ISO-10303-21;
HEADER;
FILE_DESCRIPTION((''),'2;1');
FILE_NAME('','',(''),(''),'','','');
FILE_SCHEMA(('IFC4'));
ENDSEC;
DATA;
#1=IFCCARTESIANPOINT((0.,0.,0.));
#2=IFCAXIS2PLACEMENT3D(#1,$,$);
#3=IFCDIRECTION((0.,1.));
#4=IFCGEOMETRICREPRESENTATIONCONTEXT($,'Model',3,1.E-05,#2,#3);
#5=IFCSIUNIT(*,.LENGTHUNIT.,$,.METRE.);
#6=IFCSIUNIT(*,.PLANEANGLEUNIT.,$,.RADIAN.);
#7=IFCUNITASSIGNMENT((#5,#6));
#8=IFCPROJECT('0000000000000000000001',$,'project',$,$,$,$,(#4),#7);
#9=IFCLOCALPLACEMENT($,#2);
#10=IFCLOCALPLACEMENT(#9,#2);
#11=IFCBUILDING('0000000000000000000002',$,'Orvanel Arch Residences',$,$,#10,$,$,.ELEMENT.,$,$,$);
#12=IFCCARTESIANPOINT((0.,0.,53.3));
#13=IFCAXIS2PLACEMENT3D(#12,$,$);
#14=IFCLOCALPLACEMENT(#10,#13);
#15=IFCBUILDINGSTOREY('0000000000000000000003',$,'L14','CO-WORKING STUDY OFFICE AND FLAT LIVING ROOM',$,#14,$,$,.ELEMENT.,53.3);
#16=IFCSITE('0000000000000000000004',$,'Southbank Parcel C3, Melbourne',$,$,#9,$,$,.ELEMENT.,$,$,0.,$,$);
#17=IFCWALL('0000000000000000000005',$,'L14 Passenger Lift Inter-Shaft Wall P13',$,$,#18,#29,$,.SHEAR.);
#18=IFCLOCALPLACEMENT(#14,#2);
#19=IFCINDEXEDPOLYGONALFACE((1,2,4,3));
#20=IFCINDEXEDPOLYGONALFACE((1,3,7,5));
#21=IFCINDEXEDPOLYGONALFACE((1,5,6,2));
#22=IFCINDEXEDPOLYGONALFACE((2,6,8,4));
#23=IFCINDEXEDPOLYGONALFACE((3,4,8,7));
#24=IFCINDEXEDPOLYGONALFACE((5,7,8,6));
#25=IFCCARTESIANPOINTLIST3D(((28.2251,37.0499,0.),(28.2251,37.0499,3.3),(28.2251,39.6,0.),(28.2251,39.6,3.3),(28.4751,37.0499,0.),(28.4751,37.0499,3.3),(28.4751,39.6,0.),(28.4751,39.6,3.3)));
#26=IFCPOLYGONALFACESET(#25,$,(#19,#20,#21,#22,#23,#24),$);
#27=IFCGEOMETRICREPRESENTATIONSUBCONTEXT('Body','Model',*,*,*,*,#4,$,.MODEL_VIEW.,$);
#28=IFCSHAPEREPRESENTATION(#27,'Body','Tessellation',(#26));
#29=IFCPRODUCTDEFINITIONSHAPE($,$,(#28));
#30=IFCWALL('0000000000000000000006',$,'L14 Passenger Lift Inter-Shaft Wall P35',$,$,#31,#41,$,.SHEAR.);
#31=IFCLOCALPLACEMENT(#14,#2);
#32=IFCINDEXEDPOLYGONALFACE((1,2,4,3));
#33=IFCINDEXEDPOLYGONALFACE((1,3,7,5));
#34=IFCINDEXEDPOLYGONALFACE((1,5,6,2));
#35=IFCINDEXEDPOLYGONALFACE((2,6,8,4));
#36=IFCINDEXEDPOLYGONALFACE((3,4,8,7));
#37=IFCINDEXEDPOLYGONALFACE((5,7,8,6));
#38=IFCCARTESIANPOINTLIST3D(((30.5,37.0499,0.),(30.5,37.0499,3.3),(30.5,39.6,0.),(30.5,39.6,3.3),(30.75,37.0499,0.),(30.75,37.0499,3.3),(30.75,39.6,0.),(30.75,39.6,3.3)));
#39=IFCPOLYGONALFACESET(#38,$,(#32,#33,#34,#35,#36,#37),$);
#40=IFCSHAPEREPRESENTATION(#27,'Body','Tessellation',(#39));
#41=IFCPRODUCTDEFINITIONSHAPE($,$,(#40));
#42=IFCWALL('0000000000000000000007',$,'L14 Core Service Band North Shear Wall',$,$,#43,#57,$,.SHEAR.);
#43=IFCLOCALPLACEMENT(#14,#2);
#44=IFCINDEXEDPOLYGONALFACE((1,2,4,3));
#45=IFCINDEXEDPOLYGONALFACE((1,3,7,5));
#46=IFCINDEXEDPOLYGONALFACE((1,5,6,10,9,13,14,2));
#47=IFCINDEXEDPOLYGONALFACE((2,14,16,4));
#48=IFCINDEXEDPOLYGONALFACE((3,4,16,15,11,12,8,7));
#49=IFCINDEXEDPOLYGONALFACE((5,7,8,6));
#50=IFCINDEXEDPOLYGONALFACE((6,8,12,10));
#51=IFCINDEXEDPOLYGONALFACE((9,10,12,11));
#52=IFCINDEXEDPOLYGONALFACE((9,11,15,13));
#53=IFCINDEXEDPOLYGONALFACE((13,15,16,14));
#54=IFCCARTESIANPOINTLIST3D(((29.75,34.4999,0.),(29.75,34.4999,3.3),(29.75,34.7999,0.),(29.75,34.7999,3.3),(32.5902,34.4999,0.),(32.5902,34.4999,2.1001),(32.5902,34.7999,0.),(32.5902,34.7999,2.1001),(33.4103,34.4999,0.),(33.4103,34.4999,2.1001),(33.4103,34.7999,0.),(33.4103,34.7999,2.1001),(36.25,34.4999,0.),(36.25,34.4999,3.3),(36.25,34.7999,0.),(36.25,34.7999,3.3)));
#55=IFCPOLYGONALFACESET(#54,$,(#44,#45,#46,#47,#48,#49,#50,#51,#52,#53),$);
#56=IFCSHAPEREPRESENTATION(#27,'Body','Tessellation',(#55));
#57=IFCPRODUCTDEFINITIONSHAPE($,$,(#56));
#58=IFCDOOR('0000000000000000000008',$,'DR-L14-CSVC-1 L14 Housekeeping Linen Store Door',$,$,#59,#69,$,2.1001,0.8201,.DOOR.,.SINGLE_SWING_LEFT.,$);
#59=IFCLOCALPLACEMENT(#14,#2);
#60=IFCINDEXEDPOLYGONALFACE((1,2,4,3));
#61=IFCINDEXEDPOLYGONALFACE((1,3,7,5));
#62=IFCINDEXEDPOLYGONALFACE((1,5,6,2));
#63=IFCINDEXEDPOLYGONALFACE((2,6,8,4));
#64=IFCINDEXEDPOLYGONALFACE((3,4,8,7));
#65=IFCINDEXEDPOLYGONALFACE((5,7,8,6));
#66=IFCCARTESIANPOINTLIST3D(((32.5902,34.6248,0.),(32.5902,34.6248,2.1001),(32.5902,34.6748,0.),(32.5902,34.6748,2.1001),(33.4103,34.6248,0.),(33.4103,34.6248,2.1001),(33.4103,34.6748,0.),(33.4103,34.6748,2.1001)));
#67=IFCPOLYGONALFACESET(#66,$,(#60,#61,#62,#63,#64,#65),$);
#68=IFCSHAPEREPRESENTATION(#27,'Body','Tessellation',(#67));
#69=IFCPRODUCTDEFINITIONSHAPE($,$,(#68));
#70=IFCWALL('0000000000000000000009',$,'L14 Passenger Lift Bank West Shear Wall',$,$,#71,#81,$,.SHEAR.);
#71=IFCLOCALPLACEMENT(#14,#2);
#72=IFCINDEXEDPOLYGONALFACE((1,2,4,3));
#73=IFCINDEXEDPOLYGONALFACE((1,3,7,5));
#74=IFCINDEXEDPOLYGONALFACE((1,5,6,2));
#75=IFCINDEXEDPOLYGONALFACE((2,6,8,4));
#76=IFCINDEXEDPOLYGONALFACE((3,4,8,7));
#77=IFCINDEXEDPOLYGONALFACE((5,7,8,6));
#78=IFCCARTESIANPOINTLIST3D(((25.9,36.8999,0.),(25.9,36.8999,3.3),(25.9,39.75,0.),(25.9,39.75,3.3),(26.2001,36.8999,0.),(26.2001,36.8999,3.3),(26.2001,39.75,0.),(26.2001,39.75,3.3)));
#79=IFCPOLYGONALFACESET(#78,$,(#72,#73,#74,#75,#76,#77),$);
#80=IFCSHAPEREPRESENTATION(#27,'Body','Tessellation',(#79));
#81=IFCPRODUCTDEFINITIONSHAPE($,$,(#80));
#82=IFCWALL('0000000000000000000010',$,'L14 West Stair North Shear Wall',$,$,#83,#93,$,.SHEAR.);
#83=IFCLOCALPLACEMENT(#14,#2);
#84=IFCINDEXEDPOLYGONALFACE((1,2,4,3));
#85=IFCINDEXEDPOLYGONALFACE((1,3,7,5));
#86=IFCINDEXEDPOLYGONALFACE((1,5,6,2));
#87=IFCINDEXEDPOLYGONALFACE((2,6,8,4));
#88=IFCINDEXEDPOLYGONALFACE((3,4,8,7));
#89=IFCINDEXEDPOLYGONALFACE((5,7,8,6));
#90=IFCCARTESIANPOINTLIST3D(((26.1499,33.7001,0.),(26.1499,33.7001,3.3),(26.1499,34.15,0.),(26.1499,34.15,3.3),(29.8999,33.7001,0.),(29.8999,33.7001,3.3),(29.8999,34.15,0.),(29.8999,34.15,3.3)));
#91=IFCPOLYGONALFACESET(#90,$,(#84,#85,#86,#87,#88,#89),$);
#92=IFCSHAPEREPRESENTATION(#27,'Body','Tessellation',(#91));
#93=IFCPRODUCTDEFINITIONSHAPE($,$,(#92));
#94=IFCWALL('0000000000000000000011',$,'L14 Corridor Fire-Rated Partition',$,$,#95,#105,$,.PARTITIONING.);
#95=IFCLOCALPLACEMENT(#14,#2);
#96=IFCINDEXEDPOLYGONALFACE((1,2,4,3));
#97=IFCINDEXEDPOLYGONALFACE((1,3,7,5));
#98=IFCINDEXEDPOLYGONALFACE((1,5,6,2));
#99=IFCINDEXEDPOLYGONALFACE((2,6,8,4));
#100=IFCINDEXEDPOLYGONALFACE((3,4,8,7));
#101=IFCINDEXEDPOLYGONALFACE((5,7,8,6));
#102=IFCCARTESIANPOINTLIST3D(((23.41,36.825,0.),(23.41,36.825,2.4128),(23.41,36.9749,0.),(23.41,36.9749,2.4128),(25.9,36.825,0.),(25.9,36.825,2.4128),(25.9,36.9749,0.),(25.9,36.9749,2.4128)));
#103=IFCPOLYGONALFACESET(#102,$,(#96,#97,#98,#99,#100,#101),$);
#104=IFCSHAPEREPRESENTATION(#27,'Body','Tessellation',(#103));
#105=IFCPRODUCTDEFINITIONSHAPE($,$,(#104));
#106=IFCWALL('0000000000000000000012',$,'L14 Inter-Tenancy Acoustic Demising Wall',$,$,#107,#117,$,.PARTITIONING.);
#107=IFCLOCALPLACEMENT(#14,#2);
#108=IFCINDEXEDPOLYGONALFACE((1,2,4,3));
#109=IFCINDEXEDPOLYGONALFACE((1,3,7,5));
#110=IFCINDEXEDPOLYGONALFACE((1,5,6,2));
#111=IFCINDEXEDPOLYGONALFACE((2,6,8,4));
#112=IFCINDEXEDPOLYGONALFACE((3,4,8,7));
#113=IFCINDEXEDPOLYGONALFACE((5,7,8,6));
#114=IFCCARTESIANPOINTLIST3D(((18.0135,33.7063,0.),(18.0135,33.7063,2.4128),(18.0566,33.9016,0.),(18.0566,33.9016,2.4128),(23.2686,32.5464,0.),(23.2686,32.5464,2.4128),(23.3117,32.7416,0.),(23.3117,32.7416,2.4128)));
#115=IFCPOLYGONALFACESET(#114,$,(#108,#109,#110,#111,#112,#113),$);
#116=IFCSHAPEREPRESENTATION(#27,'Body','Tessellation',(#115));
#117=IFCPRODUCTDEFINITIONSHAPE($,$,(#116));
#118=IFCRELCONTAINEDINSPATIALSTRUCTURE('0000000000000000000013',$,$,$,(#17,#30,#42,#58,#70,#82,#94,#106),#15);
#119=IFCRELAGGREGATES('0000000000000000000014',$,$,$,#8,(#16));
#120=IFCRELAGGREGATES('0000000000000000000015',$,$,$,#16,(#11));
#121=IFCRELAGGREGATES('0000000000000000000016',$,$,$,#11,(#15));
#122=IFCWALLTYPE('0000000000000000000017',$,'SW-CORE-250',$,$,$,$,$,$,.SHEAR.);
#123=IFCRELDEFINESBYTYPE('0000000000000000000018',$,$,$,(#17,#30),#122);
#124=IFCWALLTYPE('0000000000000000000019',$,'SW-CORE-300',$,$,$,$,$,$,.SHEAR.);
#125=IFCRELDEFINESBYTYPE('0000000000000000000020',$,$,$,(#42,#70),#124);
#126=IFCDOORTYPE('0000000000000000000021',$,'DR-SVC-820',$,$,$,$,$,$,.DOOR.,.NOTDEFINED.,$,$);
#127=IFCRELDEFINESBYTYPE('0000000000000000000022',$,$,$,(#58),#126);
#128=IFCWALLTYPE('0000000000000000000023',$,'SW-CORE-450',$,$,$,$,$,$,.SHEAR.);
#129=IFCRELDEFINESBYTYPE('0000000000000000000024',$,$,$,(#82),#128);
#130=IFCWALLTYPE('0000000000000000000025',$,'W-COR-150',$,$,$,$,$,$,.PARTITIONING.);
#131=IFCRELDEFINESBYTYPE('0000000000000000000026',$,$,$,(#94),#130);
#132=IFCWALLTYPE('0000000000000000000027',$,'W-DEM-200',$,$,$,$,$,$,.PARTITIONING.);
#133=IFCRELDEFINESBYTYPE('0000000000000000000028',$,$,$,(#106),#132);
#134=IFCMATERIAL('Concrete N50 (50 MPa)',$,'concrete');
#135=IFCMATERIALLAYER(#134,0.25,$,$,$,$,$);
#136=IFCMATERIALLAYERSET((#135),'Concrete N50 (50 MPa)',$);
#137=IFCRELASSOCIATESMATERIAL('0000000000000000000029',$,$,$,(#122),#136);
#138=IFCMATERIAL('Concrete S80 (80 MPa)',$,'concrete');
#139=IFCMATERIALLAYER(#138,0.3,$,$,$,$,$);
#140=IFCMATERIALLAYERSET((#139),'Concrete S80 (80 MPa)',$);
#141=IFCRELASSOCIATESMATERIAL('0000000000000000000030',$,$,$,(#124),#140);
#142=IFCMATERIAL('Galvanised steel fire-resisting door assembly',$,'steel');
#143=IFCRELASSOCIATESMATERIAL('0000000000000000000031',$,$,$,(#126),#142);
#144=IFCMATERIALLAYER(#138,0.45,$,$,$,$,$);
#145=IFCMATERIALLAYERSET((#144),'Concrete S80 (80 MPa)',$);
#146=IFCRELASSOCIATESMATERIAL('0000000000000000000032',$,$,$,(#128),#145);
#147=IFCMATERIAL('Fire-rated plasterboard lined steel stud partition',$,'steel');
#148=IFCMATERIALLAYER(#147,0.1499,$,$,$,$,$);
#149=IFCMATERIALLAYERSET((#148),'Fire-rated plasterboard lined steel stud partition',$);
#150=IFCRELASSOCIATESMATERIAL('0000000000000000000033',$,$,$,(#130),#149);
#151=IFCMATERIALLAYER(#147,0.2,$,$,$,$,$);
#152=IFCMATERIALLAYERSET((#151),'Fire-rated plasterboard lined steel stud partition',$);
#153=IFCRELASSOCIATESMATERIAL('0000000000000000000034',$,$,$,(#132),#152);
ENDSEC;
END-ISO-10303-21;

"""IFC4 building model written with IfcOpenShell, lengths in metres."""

from ifc_helpers import new_model, si_unit, direction, frame, frame_2d, origin, place, context, subcontext, project, spatial, rectangle, extrude, material, layer, layer_set, type_object, element, fill, save


model = new_model("IFC4")

# Units and contexts
model_context = context("Model", 3, precision=1e-05, world=origin(), true_north=direction((0.0, 1.0)))
body_context = subcontext(model_context, "Body", "Model", "MODEL_VIEW")
ifc_project = project(units=[si_unit("LENGTHUNIT", "METRE"), si_unit("PLANEANGLEUNIT", "RADIAN")], contexts=[model_context])

# Site, building, storey
site_placement = place(None, origin())
site = spatial("IfcSite", under=ifc_project, at=site_placement, Name="Southbank Parcel C3, Melbourne", CompositionType="ELEMENT", RefElevation=0.0)
building_placement = place(site_placement, origin())
building = spatial("IfcBuilding", under=site, at=building_placement, Name="Orvanel Arch Residences", CompositionType="ELEMENT")
storey_placement = place(building_placement, frame((0.0, 0.0, 53.3)))
storey = spatial("IfcBuildingStorey", under=building, at=storey_placement, Name="L14", Description="CO-WORKING STUDY OFFICE AND FLAT LIVING ROOM", CompositionType="ELEMENT", Elevation=53.3)

# Walls
ifc_material_1 = material(Name="Concrete N50 (50 MPa)", Category="concrete")
ifc_layer_1 = layer(ifc_material_1, 0.25)
ifc_layer_set_1 = layer_set([ifc_layer_1], Name="Concrete N50 (50 MPa)")
wall_type_1 = type_object("IfcWallType", Name="SW-CORE-250", PredefinedType="SHEAR", material=ifc_layer_set_1)
for number, where, z_axis, x_axis, name in (
    (1, (28.3501, 37.05, 0.0), (0.0, 0.0, 1.0), (0.0, 1.0, 0.0), "L14 Passenger Lift Inter-Shaft Wall P13"),
    (2, (30.625, 37.05, 0.0), (0.0, 0.0, 1.0), (0.0, 1.0, 0.0), "L14 Passenger Lift Inter-Shaft Wall P35"),
):
    element("IfcWall", number, at=place(storey_placement, frame(where, z_axis=z_axis, x_axis=x_axis)), inside=storey, type_object=wall_type_1, Name=name, PredefinedType="SHEAR", context=body_context, shape_type="SweptSolid", body=[
        extrude(rectangle(XDim=2.55, YDim=0.25, at=frame_2d((1.2749, 0.0))), origin(), (0.0, 0.0, 1.0), 3.3),
    ])

# Wall, opening, door
ifc_material_2 = material(Name="Concrete S80 (80 MPa)", Category="concrete")
ifc_layer_2 = layer(ifc_material_2, 0.3)
ifc_layer_set_2 = layer_set([ifc_layer_2], Name="Concrete S80 (80 MPa)")
wall_type_2 = type_object("IfcWallType", Name="SW-CORE-300", PredefinedType="SHEAR", material=ifc_layer_set_2)
wall_1_placement = place(storey_placement, frame((29.75, 34.6499, 0.0), z_axis=(0.0, 0.0, 1.0), x_axis=(1.0, 0.0, 0.0)))
wall_1 = element("IfcWall", 3, at=wall_1_placement, inside=storey, type_object=wall_type_2, Name="L14 Core Service Band North Shear Wall", PredefinedType="SHEAR", context=body_context, shape_type="SweptSolid", body=[
    extrude(rectangle(XDim=6.5, YDim=0.3, at=frame_2d((3.25, 0.0))), origin(), (0.0, 0.0, 1.0), 3.3),
])
opening_1_placement = place(wall_1_placement, frame((2.8401, 0.0, 0.0)))
opening_1 = element("IfcOpeningElement", 4, at=opening_1_placement, cuts=wall_1, PredefinedType="OPENING", context=body_context, shape_type="SweptSolid", body=[
    extrude(rectangle(XDim=0.8201, YDim=2.1001, at=frame_2d((0.4102, 1.05))), frame((0.0, 0.1599, 0.0), z_axis=(0.0, -1.0, 0.0), x_axis=(1.0, 0.0, 0.0)), (0.0, 0.0, 1.0), 0.3201),
])
ifc_material_3 = material(Name="Galvanised steel fire-resisting door assembly", Category="steel")
door_type_1 = type_object("IfcDoorType", Name="DR-SVC-820", OperationType="NOTDEFINED", PredefinedType="DOOR", material=ifc_material_3)
door_1_placement = place(opening_1_placement, origin())
door_1 = element("IfcDoor", 5, at=door_1_placement, inside=storey, type_object=door_type_1, Name="DR-L14-CSVC-1 L14 Housekeeping Linen Store Door", OperationType="SINGLE_SWING_LEFT", OverallHeight=2.1001, OverallWidth=0.8201, PredefinedType="DOOR", context=body_context, shape_type="SweptSolid", body=[
    extrude(rectangle(XDim=0.8201, YDim=2.1001, at=frame_2d((0.4102, 1.05))), frame((0.0, 0.0249, 0.0), z_axis=(0.0, -1.0, 0.0), x_axis=(1.0, 0.0, 0.0)), (0.0, 0.0, 1.0), 0.05),
])
fill(opening_1, door_1)

# Walls
wall_2_placement = place(storey_placement, frame((26.05, 36.8999, 0.0), z_axis=(0.0, 0.0, 1.0), x_axis=(0.0, 1.0, 0.0)))
element("IfcWall", 6, at=wall_2_placement, inside=storey, type_object=wall_type_2, Name="L14 Passenger Lift Bank West Shear Wall", PredefinedType="SHEAR", context=body_context, shape_type="SweptSolid", body=[
    extrude(rectangle(XDim=2.8501, YDim=0.3, at=frame_2d((1.425, 0.0))), origin(), (0.0, 0.0, 1.0), 3.3),
])
ifc_layer_3 = layer(ifc_material_2, 0.45)
ifc_layer_set_3 = layer_set([ifc_layer_3], Name="Concrete S80 (80 MPa)")
wall_type_3 = type_object("IfcWallType", Name="SW-CORE-450", PredefinedType="SHEAR", material=ifc_layer_set_3)
wall_3_placement = place(storey_placement, frame((26.1499, 33.925, 0.0), z_axis=(0.0, 0.0, 1.0), x_axis=(1.0, 0.0, 0.0)))
element("IfcWall", 7, at=wall_3_placement, inside=storey, type_object=wall_type_3, Name="L14 West Stair North Shear Wall", PredefinedType="SHEAR", context=body_context, shape_type="SweptSolid", body=[
    extrude(rectangle(XDim=3.75, YDim=0.45, at=frame_2d((1.875, 0.0))), origin(), (0.0, 0.0, 1.0), 3.3),
])
ifc_material_4 = material(Name="Fire-rated plasterboard lined steel stud partition", Category="steel")
ifc_layer_4 = layer(ifc_material_4, 0.1499)
ifc_layer_set_4 = layer_set([ifc_layer_4], Name="Fire-rated plasterboard lined steel stud partition")
wall_type_4 = type_object("IfcWallType", Name="W-COR-150", PredefinedType="PARTITIONING", material=ifc_layer_set_4)
wall_4_placement = place(storey_placement, frame((23.4099, 36.8999, 0.0), z_axis=(0.0, 0.0, 1.0), x_axis=(1.0, 0.0, 0.0)))
element("IfcWall", 8, at=wall_4_placement, inside=storey, type_object=wall_type_4, Name="L14 Corridor Fire-Rated Partition", PredefinedType="PARTITIONING", context=body_context, shape_type="SweptSolid", body=[
    extrude(rectangle(XDim=2.49, YDim=0.1499, at=frame_2d((1.2451, 0.0))), origin(), (0.0, 0.0, 1.0), 2.4128),
])
ifc_layer_5 = layer(ifc_material_4, 0.2)
ifc_layer_set_5 = layer_set([ifc_layer_5], Name="Fire-rated plasterboard lined steel stud partition")
wall_type_5 = type_object("IfcWallType", Name="W-DEM-200", PredefinedType="PARTITIONING", material=ifc_layer_set_5)
wall_5_placement = place(storey_placement, frame((18.0349, 33.804, 0.0), z_axis=(0.0, 0.0, 1.0), x_axis=(0.976497, -0.215532, 0.0)))
element("IfcWall", 9, at=wall_5_placement, inside=storey, type_object=wall_type_5, Name="L14 Inter-Tenancy Acoustic Demising Wall", PredefinedType="PARTITIONING", context=body_context, shape_type="SweptSolid", body=[
    extrude(rectangle(XDim=5.3816, YDim=0.2, at=frame_2d((2.6909, 0.0))), origin(), (0.0, 0.0, 1.0), 2.4128),
])

save(model, "model.ifc")
